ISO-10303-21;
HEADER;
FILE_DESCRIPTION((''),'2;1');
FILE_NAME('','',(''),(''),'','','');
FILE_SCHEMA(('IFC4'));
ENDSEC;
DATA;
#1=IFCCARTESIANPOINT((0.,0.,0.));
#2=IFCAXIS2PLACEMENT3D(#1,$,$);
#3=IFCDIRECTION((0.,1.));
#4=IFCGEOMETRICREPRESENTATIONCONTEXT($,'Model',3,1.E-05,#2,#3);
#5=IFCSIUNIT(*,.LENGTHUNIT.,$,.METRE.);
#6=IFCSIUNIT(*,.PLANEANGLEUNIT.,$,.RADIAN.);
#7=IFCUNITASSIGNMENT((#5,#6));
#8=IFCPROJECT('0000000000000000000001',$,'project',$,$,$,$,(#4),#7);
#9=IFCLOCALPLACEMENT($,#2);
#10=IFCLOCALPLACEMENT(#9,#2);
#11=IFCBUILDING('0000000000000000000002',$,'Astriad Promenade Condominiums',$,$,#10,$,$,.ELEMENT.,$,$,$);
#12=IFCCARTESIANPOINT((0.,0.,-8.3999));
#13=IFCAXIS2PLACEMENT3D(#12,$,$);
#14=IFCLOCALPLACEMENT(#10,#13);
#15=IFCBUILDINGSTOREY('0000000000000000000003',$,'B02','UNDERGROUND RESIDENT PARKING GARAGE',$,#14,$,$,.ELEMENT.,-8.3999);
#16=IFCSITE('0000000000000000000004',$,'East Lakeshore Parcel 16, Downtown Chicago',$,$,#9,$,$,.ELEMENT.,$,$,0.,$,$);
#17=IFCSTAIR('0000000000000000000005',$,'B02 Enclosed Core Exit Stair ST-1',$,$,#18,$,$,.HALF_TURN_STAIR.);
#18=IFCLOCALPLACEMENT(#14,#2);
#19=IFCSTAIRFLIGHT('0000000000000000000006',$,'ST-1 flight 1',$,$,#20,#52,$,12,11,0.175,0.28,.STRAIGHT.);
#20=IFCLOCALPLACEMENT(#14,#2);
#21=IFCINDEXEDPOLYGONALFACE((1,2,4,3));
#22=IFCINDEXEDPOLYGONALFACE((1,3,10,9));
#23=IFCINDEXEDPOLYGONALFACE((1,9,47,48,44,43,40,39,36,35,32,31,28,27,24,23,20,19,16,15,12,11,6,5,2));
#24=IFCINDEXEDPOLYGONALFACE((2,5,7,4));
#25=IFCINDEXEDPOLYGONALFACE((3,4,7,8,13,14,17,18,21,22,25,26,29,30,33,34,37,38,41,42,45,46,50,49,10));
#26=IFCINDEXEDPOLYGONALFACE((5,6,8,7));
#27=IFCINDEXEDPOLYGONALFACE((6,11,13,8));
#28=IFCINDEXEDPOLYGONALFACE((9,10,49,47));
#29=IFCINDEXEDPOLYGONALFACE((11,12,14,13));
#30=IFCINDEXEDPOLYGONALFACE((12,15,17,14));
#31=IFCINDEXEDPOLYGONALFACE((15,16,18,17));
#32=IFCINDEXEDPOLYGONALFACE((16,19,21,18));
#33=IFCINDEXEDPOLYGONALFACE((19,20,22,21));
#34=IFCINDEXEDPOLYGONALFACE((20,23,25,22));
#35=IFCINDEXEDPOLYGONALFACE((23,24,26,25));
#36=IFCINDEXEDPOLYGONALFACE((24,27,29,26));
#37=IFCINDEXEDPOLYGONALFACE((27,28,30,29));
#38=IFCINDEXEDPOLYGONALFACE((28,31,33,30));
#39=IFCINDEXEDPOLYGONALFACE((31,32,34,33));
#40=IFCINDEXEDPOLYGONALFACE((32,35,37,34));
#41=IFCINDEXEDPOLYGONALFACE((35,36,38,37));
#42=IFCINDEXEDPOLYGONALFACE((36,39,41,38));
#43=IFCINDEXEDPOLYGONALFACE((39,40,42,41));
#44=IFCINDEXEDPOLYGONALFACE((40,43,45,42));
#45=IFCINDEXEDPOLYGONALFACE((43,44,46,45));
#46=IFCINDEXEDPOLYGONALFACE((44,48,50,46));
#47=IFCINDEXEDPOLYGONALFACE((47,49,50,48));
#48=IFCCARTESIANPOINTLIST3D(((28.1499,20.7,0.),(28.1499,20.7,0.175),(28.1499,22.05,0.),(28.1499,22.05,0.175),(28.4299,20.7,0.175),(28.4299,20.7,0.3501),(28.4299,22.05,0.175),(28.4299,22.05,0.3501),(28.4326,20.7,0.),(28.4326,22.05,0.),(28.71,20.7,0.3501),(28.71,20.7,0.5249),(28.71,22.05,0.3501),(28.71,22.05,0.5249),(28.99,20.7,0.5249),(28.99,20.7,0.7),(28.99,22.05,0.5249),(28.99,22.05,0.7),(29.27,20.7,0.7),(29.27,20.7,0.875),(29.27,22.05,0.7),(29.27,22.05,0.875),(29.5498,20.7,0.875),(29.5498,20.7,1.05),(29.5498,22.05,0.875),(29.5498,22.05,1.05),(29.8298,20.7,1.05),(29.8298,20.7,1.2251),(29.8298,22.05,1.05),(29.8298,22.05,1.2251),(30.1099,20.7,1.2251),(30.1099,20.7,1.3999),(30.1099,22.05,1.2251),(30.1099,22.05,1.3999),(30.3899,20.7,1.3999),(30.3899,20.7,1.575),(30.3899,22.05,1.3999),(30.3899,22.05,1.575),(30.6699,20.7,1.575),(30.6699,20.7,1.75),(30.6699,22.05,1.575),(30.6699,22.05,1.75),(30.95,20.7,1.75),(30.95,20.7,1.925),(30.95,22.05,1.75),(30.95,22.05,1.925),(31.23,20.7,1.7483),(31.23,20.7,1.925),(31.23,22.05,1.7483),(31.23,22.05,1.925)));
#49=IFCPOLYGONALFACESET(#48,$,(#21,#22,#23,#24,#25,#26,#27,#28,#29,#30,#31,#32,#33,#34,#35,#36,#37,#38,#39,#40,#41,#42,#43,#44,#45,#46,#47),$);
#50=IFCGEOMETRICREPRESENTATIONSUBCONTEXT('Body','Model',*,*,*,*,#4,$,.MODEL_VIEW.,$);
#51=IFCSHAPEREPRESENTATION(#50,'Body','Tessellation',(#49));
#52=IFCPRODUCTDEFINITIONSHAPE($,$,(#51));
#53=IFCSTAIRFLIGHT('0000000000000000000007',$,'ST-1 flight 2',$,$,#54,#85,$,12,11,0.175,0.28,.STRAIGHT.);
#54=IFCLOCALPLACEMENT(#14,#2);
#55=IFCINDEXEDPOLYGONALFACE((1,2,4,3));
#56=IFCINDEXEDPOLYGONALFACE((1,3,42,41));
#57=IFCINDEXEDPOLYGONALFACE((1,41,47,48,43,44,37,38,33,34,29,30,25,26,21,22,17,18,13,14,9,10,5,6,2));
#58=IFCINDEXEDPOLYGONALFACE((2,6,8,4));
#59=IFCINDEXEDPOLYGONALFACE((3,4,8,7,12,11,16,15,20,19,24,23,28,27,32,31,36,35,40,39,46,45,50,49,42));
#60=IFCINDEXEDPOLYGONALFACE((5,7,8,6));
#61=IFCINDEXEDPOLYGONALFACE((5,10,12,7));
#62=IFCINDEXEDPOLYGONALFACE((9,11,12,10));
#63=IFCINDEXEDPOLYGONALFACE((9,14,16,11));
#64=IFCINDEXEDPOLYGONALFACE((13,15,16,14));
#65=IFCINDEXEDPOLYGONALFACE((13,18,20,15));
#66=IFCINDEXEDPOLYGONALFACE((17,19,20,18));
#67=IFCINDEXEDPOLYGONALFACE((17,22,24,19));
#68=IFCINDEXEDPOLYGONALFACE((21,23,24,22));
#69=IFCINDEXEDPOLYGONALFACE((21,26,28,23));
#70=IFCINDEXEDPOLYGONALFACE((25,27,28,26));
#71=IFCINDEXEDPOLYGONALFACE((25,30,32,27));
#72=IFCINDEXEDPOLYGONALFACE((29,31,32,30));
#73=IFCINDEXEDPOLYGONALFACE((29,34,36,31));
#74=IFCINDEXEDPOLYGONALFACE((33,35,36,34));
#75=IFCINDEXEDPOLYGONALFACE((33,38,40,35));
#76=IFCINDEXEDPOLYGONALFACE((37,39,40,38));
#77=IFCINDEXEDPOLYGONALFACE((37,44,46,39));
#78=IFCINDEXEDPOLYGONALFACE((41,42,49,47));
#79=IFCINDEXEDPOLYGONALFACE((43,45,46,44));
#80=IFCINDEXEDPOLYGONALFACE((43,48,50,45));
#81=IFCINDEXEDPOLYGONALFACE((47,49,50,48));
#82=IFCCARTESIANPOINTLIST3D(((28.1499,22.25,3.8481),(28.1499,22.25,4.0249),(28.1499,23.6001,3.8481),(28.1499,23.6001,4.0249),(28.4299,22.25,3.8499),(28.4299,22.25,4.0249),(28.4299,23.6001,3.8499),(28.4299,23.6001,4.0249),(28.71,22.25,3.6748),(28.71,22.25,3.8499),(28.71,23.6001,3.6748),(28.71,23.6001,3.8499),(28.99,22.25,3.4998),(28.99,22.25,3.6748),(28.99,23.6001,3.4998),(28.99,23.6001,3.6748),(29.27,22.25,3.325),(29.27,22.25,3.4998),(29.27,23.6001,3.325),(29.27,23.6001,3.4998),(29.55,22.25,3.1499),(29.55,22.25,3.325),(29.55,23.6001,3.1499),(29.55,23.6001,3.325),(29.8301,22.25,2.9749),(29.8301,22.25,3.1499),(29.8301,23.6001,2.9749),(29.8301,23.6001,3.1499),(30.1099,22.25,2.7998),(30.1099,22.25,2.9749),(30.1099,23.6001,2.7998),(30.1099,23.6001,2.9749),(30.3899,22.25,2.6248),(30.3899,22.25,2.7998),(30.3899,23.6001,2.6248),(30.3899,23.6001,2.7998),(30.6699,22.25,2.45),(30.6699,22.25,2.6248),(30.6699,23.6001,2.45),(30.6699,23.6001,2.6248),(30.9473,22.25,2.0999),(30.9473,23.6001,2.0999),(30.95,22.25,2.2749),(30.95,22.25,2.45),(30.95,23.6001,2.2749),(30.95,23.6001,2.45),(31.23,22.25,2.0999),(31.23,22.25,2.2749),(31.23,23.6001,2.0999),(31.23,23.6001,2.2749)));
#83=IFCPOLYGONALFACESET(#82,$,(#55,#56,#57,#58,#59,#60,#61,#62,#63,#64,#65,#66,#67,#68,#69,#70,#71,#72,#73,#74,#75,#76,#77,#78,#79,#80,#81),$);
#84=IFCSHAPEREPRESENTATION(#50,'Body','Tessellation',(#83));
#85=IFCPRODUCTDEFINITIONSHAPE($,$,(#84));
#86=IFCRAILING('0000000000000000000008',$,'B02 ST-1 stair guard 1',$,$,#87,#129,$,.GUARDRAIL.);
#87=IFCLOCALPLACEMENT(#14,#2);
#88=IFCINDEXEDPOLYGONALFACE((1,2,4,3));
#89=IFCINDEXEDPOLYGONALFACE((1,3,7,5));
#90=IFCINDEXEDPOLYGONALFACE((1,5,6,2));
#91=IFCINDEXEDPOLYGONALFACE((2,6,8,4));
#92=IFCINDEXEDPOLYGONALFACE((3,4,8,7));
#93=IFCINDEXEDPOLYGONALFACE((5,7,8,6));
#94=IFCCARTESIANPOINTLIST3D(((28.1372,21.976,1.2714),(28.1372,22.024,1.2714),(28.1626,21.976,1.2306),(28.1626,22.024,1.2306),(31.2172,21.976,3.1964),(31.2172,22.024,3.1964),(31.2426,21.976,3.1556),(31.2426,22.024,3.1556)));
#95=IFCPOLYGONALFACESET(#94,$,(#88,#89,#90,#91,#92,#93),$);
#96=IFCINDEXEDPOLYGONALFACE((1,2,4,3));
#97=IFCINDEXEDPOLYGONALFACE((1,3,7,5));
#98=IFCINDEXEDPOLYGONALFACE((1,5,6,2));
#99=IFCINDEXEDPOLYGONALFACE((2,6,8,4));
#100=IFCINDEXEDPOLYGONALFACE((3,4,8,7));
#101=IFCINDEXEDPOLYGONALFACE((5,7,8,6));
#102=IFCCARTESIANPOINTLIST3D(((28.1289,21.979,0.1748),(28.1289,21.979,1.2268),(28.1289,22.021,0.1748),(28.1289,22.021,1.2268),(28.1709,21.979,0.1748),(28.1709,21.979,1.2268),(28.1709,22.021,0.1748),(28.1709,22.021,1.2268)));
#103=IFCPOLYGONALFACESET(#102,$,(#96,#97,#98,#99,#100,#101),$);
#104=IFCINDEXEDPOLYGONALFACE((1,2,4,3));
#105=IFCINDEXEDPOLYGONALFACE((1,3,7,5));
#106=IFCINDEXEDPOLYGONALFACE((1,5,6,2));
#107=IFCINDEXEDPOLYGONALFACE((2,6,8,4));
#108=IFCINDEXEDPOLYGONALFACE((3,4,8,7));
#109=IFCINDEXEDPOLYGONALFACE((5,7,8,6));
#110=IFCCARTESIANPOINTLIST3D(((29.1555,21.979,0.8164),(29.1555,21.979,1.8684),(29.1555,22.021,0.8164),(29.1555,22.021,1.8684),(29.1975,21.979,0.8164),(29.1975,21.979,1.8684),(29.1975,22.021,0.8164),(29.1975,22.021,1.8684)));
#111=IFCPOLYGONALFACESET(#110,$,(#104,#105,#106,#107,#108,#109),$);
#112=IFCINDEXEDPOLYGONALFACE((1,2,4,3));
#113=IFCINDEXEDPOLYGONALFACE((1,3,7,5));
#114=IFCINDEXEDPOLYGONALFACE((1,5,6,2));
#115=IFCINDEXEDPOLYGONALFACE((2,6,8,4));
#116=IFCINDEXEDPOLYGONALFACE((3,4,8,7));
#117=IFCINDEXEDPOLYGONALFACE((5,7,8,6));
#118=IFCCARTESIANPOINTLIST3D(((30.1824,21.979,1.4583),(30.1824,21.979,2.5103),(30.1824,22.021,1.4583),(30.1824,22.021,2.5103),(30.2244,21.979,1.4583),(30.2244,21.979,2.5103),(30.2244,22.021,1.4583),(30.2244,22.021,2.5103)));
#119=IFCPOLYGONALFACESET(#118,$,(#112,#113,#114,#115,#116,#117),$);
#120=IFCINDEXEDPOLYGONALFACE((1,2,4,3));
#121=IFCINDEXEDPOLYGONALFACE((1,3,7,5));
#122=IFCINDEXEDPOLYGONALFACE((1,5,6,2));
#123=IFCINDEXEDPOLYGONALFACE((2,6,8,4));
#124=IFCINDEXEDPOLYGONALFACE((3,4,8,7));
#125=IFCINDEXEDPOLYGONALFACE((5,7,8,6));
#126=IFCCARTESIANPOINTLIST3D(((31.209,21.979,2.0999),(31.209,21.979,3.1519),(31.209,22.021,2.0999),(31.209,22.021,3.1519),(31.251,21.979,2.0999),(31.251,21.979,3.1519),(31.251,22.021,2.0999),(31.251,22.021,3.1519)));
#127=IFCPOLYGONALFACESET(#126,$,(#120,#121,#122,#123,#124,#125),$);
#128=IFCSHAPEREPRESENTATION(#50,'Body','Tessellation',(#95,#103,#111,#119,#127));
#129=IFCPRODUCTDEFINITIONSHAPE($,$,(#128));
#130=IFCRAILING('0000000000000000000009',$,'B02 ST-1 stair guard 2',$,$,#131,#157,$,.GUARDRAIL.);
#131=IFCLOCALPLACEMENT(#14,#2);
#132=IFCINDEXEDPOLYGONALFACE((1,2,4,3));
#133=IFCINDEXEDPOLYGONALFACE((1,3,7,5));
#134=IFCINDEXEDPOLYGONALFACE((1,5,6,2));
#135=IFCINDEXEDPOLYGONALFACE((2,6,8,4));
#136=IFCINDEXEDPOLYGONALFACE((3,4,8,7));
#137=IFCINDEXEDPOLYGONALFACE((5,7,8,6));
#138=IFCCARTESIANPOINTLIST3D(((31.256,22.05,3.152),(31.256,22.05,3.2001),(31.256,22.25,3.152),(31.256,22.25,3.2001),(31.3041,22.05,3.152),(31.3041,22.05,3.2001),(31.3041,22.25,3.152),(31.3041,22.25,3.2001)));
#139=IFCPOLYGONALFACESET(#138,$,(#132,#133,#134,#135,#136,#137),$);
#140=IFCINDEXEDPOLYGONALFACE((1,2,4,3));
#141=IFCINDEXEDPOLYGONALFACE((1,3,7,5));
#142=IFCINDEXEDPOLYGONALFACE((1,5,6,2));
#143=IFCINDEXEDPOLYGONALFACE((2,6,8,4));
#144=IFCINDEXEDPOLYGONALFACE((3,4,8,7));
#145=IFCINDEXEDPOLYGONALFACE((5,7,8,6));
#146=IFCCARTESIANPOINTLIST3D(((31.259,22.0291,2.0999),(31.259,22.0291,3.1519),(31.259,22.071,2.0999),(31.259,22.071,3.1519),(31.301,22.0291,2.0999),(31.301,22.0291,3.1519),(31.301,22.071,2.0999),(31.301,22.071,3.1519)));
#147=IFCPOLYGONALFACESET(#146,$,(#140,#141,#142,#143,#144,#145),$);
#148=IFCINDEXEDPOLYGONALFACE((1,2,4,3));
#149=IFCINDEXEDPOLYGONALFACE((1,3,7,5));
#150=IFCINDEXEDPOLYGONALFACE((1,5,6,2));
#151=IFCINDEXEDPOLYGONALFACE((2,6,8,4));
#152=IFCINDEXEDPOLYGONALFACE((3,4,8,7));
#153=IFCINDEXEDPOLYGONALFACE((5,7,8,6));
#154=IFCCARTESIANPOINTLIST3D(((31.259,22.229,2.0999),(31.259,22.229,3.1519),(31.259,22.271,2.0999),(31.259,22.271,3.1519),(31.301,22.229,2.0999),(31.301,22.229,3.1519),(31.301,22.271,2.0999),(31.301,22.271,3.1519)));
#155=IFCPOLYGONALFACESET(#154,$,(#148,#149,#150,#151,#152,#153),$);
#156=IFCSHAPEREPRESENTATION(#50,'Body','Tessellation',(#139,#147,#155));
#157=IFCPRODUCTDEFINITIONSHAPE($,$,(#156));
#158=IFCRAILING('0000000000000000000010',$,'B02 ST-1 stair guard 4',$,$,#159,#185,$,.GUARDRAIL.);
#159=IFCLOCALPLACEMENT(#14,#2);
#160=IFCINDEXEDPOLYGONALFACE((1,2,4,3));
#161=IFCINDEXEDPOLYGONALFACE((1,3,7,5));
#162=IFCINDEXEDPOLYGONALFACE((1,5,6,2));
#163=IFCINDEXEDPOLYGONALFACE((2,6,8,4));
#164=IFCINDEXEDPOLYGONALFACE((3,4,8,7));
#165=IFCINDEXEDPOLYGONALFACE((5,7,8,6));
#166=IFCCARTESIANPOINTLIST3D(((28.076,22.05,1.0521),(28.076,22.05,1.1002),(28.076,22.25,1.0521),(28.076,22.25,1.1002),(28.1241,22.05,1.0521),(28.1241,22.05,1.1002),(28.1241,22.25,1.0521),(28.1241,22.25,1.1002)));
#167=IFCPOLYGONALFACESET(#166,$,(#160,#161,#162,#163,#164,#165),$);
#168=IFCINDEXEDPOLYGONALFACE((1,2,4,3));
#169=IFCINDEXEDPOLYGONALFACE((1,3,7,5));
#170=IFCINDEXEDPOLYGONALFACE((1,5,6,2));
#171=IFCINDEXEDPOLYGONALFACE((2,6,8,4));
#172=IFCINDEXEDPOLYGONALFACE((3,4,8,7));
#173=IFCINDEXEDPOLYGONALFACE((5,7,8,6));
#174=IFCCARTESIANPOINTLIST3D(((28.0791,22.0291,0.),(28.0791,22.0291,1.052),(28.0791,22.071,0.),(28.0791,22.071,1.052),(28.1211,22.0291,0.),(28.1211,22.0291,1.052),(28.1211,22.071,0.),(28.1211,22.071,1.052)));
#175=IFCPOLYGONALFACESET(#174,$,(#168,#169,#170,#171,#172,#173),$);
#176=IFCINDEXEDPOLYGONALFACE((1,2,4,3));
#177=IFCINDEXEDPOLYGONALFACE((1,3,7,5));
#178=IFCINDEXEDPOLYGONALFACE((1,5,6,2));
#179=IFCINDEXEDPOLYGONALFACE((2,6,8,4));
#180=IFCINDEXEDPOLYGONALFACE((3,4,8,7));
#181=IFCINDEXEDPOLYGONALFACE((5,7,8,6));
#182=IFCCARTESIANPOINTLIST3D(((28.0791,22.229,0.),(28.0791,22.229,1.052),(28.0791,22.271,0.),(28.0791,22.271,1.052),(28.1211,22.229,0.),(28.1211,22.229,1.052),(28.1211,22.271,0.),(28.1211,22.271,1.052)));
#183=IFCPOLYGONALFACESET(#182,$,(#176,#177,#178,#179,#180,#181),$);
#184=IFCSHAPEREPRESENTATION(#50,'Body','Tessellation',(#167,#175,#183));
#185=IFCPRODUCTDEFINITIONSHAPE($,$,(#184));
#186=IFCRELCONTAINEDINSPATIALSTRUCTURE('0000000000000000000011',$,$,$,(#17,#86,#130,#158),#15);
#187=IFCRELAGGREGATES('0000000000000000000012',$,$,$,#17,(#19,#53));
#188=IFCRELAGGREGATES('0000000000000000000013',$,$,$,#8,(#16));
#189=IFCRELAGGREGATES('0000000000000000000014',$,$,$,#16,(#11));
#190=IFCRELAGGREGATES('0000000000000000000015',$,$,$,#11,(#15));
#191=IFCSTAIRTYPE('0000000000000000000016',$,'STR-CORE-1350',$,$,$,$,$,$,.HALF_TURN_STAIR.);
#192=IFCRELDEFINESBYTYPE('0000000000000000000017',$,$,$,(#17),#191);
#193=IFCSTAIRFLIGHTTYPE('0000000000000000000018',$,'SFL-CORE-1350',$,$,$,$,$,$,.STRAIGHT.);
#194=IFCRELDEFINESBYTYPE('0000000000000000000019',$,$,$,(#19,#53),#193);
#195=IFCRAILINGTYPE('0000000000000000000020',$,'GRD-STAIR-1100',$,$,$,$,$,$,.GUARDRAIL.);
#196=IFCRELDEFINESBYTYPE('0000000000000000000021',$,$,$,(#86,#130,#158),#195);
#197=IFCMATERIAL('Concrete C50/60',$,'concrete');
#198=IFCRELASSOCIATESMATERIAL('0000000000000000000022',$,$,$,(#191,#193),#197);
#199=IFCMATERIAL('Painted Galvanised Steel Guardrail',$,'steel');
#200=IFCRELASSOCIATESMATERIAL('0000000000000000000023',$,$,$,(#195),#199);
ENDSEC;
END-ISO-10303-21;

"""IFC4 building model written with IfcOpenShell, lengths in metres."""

from ifc_helpers import new_model, si_unit, direction, frame, origin, origin_2d, place, context, subcontext, project, spatial, polyline, rectangle, outline, extrude, source, transform, mapped, material, type_object, type_shapes, element, aggregate, save


model = new_model("IFC4")

# Units and contexts
model_context = context("Model", 3, precision=1e-05, world=origin(), true_north=direction((0.0, 1.0)))
body_context = subcontext(model_context, "Body", "Model", "MODEL_VIEW")
ifc_project = project(units=[si_unit("LENGTHUNIT", "METRE"), si_unit("PLANEANGLEUNIT", "RADIAN")], contexts=[model_context])

# Site, building, storey
site_placement = place(None, origin())
site = spatial("IfcSite", under=ifc_project, at=site_placement, Name="East Lakeshore Parcel 16, Downtown Chicago", CompositionType="ELEMENT", RefElevation=0.0)
building_placement = place(site_placement, origin())
building = spatial("IfcBuilding", under=site, at=building_placement, Name="Astriad Promenade Condominiums", CompositionType="ELEMENT")
storey_placement = place(building_placement, frame((0.0, 0.0, -8.3999)))
storey = spatial("IfcBuildingStorey", under=building, at=storey_placement, Name="B02", Description="UNDERGROUND RESIDENT PARKING GARAGE", CompositionType="ELEMENT", Elevation=-8.3999)

# Shared definitions
ifc_material_1 = material(Name="Concrete C50/60", Category="concrete")

# Stair, stair flights
stair_type = type_object("IfcStairType", Name="STR-CORE-1350", PredefinedType="HALF_TURN_STAIR", material=ifc_material_1)
stair_placement = place(storey_placement, origin())
stair = element("IfcStair", 1, at=stair_placement, inside=storey, type_object=stair_type, Name="B02 Enclosed Core Exit Stair ST-1", PredefinedType="HALF_TURN_STAIR")
stair_flight_type = type_object("IfcStairFlightType", Name="SFL-CORE-1350", PredefinedType="STRAIGHT", material=ifc_material_1)
shared_shape_1 = source(origin(), body_context, "Body", "SweptSolid", [
    extrude(outline(polyline([(0.0, 0.0), (0.0, 0.175), (0.28, 0.175), (0.28, 0.3501), (0.5601, 0.3501), (0.5601, 0.5249), (0.8401, 0.5249), (0.8401, 0.7), (1.1201, 0.7), (1.1201, 0.875), (1.3999, 0.875), (1.3999, 1.05), (1.6799, 1.05), (1.6799, 1.2251), (1.96, 1.2251), (1.96, 1.3999), (2.24, 1.3999), (2.24, 1.575), (2.52, 1.575), (2.52, 1.75), (2.8, 1.75), (2.8, 1.925), (3.0801, 1.925), (3.0801, 2.1001), (3.0801, 1.7483), (0.2827, 0.0), (0.0, 0.0)])), frame((0.0, 0.675, 0.0), z_axis=(0.0, -1.0, 0.0), x_axis=(1.0, 0.0, 0.0)), (0.0, 0.0, 1.0), 1.3501),
])
type_shapes(stair_flight_type, [shared_shape_1])
stair_flight_1_placement = place(storey_placement, frame((28.1499, 21.375, 0.0), z_axis=(0.0, 0.0, 1.0), x_axis=(1.0, 0.0, 0.0)))
stair_flight_1 = element("IfcStairFlight", 2, at=stair_flight_1_placement, type_object=stair_flight_type, Name="ST-1 flight 1", NumberOfRisers=12, NumberOfTreads=11, PredefinedType="STRAIGHT", RiserHeight=0.175, TreadLength=0.28, context=body_context, shape_type="MappedRepresentation", body=[
    mapped(shared_shape_1, transform((0.0, 0.0, 0.0), scale=1.0)),
])
stair_flight_2_placement = place(storey_placement, frame((31.23, 22.925, 2.0999), z_axis=(0.0, 0.0, 1.0), x_axis=(-1.0, 0.0, 0.0)))
stair_flight_2 = element("IfcStairFlight", 3, at=stair_flight_2_placement, type_object=stair_flight_type, Name="ST-1 flight 2", NumberOfRisers=12, NumberOfTreads=11, PredefinedType="STRAIGHT", RiserHeight=0.175, TreadLength=0.28, context=body_context, shape_type="MappedRepresentation", body=[
    mapped(shared_shape_1, transform((0.0, 0.0, 0.0), scale=1.0)),
])
aggregate(stair, [stair_flight_1, stair_flight_2])

# Railings
ifc_material_2 = material(Name="Painted Galvanised Steel Guardrail", Category="steel")
railing_type_1 = type_object("IfcRailingType", Name="GRD-STAIR-1100", PredefinedType="GUARDRAIL", material=ifc_material_2)
shared_shape_2 = source(origin(), body_context, "Body", "SweptSolid", [
    extrude(rectangle(XDim=0.0481, YDim=0.0481, at=origin_2d()), frame((0.0, 0.0, 1.0762), z_axis=(0.847998, 0.0, 0.529999), x_axis=(0.0, 1.0, 0.0)), (0.0, 0.0, 1.0), 3.6321),
    extrude(rectangle(XDim=0.042, YDim=0.042, at=origin_2d()), origin(), (0.0, 0.0, 1.0), 1.052),
    extrude(rectangle(XDim=0.042, YDim=0.042, at=origin_2d()), frame((1.0266, 0.0, 0.6416)), (0.0, 0.0, 1.0), 1.052),
    extrude(rectangle(XDim=0.042, YDim=0.042, at=origin_2d()), frame((2.0535, 0.0, 1.2834)), (0.0, 0.0, 1.0), 1.052),
    extrude(rectangle(XDim=0.042, YDim=0.042, at=origin_2d()), frame((3.0801, 0.0, 1.925)), (0.0, 0.0, 1.0), 1.052),
])
railing_1_placement = place(storey_placement, frame((28.1499, 22.0, 0.1748)))
element("IfcRailing", 4, at=railing_1_placement, inside=storey, type_object=railing_type_1, Name="B02 ST-1 stair guard 1", PredefinedType="GUARDRAIL", context=body_context, shape_type="MappedRepresentation", body=[
    mapped(shared_shape_2, transform((0.0, 0.0, 0.0), scale=1.0)),
])
shared_shape_3 = source(origin(), body_context, "Body", "SweptSolid", [
    extrude(rectangle(XDim=0.0481, YDim=0.0481, at=origin_2d()), frame((0.0, 0.0, 1.0762), z_axis=(0.0, 1.0, 0.0), x_axis=(-1.0, 0.0, 0.0)), (0.0, 0.0, 1.0), 0.2),
    extrude(rectangle(XDim=0.042, YDim=0.042, at=origin_2d()), origin(), (0.0, 0.0, 1.0), 1.052),
    extrude(rectangle(XDim=0.042, YDim=0.042, at=origin_2d()), frame((0.0, 0.2, 0.0)), (0.0, 0.0, 1.0), 1.052),
])
for number, where, name in (
    (5, (31.28, 22.05, 2.0999), "B02 ST-1 stair guard 2"),
    (6, (28.1001, 22.05, 0.0), "B02 ST-1 stair guard 4"),
):
    element("IfcRailing", number, at=place(storey_placement, frame(where)), inside=storey, type_object=railing_type_1, Name=name, PredefinedType="GUARDRAIL", context=body_context, shape_type="MappedRepresentation", body=[
        mapped(shared_shape_3, transform((0.0, 0.0, 0.0), scale=1.0)),
    ])

save(model, "model.ifc")
